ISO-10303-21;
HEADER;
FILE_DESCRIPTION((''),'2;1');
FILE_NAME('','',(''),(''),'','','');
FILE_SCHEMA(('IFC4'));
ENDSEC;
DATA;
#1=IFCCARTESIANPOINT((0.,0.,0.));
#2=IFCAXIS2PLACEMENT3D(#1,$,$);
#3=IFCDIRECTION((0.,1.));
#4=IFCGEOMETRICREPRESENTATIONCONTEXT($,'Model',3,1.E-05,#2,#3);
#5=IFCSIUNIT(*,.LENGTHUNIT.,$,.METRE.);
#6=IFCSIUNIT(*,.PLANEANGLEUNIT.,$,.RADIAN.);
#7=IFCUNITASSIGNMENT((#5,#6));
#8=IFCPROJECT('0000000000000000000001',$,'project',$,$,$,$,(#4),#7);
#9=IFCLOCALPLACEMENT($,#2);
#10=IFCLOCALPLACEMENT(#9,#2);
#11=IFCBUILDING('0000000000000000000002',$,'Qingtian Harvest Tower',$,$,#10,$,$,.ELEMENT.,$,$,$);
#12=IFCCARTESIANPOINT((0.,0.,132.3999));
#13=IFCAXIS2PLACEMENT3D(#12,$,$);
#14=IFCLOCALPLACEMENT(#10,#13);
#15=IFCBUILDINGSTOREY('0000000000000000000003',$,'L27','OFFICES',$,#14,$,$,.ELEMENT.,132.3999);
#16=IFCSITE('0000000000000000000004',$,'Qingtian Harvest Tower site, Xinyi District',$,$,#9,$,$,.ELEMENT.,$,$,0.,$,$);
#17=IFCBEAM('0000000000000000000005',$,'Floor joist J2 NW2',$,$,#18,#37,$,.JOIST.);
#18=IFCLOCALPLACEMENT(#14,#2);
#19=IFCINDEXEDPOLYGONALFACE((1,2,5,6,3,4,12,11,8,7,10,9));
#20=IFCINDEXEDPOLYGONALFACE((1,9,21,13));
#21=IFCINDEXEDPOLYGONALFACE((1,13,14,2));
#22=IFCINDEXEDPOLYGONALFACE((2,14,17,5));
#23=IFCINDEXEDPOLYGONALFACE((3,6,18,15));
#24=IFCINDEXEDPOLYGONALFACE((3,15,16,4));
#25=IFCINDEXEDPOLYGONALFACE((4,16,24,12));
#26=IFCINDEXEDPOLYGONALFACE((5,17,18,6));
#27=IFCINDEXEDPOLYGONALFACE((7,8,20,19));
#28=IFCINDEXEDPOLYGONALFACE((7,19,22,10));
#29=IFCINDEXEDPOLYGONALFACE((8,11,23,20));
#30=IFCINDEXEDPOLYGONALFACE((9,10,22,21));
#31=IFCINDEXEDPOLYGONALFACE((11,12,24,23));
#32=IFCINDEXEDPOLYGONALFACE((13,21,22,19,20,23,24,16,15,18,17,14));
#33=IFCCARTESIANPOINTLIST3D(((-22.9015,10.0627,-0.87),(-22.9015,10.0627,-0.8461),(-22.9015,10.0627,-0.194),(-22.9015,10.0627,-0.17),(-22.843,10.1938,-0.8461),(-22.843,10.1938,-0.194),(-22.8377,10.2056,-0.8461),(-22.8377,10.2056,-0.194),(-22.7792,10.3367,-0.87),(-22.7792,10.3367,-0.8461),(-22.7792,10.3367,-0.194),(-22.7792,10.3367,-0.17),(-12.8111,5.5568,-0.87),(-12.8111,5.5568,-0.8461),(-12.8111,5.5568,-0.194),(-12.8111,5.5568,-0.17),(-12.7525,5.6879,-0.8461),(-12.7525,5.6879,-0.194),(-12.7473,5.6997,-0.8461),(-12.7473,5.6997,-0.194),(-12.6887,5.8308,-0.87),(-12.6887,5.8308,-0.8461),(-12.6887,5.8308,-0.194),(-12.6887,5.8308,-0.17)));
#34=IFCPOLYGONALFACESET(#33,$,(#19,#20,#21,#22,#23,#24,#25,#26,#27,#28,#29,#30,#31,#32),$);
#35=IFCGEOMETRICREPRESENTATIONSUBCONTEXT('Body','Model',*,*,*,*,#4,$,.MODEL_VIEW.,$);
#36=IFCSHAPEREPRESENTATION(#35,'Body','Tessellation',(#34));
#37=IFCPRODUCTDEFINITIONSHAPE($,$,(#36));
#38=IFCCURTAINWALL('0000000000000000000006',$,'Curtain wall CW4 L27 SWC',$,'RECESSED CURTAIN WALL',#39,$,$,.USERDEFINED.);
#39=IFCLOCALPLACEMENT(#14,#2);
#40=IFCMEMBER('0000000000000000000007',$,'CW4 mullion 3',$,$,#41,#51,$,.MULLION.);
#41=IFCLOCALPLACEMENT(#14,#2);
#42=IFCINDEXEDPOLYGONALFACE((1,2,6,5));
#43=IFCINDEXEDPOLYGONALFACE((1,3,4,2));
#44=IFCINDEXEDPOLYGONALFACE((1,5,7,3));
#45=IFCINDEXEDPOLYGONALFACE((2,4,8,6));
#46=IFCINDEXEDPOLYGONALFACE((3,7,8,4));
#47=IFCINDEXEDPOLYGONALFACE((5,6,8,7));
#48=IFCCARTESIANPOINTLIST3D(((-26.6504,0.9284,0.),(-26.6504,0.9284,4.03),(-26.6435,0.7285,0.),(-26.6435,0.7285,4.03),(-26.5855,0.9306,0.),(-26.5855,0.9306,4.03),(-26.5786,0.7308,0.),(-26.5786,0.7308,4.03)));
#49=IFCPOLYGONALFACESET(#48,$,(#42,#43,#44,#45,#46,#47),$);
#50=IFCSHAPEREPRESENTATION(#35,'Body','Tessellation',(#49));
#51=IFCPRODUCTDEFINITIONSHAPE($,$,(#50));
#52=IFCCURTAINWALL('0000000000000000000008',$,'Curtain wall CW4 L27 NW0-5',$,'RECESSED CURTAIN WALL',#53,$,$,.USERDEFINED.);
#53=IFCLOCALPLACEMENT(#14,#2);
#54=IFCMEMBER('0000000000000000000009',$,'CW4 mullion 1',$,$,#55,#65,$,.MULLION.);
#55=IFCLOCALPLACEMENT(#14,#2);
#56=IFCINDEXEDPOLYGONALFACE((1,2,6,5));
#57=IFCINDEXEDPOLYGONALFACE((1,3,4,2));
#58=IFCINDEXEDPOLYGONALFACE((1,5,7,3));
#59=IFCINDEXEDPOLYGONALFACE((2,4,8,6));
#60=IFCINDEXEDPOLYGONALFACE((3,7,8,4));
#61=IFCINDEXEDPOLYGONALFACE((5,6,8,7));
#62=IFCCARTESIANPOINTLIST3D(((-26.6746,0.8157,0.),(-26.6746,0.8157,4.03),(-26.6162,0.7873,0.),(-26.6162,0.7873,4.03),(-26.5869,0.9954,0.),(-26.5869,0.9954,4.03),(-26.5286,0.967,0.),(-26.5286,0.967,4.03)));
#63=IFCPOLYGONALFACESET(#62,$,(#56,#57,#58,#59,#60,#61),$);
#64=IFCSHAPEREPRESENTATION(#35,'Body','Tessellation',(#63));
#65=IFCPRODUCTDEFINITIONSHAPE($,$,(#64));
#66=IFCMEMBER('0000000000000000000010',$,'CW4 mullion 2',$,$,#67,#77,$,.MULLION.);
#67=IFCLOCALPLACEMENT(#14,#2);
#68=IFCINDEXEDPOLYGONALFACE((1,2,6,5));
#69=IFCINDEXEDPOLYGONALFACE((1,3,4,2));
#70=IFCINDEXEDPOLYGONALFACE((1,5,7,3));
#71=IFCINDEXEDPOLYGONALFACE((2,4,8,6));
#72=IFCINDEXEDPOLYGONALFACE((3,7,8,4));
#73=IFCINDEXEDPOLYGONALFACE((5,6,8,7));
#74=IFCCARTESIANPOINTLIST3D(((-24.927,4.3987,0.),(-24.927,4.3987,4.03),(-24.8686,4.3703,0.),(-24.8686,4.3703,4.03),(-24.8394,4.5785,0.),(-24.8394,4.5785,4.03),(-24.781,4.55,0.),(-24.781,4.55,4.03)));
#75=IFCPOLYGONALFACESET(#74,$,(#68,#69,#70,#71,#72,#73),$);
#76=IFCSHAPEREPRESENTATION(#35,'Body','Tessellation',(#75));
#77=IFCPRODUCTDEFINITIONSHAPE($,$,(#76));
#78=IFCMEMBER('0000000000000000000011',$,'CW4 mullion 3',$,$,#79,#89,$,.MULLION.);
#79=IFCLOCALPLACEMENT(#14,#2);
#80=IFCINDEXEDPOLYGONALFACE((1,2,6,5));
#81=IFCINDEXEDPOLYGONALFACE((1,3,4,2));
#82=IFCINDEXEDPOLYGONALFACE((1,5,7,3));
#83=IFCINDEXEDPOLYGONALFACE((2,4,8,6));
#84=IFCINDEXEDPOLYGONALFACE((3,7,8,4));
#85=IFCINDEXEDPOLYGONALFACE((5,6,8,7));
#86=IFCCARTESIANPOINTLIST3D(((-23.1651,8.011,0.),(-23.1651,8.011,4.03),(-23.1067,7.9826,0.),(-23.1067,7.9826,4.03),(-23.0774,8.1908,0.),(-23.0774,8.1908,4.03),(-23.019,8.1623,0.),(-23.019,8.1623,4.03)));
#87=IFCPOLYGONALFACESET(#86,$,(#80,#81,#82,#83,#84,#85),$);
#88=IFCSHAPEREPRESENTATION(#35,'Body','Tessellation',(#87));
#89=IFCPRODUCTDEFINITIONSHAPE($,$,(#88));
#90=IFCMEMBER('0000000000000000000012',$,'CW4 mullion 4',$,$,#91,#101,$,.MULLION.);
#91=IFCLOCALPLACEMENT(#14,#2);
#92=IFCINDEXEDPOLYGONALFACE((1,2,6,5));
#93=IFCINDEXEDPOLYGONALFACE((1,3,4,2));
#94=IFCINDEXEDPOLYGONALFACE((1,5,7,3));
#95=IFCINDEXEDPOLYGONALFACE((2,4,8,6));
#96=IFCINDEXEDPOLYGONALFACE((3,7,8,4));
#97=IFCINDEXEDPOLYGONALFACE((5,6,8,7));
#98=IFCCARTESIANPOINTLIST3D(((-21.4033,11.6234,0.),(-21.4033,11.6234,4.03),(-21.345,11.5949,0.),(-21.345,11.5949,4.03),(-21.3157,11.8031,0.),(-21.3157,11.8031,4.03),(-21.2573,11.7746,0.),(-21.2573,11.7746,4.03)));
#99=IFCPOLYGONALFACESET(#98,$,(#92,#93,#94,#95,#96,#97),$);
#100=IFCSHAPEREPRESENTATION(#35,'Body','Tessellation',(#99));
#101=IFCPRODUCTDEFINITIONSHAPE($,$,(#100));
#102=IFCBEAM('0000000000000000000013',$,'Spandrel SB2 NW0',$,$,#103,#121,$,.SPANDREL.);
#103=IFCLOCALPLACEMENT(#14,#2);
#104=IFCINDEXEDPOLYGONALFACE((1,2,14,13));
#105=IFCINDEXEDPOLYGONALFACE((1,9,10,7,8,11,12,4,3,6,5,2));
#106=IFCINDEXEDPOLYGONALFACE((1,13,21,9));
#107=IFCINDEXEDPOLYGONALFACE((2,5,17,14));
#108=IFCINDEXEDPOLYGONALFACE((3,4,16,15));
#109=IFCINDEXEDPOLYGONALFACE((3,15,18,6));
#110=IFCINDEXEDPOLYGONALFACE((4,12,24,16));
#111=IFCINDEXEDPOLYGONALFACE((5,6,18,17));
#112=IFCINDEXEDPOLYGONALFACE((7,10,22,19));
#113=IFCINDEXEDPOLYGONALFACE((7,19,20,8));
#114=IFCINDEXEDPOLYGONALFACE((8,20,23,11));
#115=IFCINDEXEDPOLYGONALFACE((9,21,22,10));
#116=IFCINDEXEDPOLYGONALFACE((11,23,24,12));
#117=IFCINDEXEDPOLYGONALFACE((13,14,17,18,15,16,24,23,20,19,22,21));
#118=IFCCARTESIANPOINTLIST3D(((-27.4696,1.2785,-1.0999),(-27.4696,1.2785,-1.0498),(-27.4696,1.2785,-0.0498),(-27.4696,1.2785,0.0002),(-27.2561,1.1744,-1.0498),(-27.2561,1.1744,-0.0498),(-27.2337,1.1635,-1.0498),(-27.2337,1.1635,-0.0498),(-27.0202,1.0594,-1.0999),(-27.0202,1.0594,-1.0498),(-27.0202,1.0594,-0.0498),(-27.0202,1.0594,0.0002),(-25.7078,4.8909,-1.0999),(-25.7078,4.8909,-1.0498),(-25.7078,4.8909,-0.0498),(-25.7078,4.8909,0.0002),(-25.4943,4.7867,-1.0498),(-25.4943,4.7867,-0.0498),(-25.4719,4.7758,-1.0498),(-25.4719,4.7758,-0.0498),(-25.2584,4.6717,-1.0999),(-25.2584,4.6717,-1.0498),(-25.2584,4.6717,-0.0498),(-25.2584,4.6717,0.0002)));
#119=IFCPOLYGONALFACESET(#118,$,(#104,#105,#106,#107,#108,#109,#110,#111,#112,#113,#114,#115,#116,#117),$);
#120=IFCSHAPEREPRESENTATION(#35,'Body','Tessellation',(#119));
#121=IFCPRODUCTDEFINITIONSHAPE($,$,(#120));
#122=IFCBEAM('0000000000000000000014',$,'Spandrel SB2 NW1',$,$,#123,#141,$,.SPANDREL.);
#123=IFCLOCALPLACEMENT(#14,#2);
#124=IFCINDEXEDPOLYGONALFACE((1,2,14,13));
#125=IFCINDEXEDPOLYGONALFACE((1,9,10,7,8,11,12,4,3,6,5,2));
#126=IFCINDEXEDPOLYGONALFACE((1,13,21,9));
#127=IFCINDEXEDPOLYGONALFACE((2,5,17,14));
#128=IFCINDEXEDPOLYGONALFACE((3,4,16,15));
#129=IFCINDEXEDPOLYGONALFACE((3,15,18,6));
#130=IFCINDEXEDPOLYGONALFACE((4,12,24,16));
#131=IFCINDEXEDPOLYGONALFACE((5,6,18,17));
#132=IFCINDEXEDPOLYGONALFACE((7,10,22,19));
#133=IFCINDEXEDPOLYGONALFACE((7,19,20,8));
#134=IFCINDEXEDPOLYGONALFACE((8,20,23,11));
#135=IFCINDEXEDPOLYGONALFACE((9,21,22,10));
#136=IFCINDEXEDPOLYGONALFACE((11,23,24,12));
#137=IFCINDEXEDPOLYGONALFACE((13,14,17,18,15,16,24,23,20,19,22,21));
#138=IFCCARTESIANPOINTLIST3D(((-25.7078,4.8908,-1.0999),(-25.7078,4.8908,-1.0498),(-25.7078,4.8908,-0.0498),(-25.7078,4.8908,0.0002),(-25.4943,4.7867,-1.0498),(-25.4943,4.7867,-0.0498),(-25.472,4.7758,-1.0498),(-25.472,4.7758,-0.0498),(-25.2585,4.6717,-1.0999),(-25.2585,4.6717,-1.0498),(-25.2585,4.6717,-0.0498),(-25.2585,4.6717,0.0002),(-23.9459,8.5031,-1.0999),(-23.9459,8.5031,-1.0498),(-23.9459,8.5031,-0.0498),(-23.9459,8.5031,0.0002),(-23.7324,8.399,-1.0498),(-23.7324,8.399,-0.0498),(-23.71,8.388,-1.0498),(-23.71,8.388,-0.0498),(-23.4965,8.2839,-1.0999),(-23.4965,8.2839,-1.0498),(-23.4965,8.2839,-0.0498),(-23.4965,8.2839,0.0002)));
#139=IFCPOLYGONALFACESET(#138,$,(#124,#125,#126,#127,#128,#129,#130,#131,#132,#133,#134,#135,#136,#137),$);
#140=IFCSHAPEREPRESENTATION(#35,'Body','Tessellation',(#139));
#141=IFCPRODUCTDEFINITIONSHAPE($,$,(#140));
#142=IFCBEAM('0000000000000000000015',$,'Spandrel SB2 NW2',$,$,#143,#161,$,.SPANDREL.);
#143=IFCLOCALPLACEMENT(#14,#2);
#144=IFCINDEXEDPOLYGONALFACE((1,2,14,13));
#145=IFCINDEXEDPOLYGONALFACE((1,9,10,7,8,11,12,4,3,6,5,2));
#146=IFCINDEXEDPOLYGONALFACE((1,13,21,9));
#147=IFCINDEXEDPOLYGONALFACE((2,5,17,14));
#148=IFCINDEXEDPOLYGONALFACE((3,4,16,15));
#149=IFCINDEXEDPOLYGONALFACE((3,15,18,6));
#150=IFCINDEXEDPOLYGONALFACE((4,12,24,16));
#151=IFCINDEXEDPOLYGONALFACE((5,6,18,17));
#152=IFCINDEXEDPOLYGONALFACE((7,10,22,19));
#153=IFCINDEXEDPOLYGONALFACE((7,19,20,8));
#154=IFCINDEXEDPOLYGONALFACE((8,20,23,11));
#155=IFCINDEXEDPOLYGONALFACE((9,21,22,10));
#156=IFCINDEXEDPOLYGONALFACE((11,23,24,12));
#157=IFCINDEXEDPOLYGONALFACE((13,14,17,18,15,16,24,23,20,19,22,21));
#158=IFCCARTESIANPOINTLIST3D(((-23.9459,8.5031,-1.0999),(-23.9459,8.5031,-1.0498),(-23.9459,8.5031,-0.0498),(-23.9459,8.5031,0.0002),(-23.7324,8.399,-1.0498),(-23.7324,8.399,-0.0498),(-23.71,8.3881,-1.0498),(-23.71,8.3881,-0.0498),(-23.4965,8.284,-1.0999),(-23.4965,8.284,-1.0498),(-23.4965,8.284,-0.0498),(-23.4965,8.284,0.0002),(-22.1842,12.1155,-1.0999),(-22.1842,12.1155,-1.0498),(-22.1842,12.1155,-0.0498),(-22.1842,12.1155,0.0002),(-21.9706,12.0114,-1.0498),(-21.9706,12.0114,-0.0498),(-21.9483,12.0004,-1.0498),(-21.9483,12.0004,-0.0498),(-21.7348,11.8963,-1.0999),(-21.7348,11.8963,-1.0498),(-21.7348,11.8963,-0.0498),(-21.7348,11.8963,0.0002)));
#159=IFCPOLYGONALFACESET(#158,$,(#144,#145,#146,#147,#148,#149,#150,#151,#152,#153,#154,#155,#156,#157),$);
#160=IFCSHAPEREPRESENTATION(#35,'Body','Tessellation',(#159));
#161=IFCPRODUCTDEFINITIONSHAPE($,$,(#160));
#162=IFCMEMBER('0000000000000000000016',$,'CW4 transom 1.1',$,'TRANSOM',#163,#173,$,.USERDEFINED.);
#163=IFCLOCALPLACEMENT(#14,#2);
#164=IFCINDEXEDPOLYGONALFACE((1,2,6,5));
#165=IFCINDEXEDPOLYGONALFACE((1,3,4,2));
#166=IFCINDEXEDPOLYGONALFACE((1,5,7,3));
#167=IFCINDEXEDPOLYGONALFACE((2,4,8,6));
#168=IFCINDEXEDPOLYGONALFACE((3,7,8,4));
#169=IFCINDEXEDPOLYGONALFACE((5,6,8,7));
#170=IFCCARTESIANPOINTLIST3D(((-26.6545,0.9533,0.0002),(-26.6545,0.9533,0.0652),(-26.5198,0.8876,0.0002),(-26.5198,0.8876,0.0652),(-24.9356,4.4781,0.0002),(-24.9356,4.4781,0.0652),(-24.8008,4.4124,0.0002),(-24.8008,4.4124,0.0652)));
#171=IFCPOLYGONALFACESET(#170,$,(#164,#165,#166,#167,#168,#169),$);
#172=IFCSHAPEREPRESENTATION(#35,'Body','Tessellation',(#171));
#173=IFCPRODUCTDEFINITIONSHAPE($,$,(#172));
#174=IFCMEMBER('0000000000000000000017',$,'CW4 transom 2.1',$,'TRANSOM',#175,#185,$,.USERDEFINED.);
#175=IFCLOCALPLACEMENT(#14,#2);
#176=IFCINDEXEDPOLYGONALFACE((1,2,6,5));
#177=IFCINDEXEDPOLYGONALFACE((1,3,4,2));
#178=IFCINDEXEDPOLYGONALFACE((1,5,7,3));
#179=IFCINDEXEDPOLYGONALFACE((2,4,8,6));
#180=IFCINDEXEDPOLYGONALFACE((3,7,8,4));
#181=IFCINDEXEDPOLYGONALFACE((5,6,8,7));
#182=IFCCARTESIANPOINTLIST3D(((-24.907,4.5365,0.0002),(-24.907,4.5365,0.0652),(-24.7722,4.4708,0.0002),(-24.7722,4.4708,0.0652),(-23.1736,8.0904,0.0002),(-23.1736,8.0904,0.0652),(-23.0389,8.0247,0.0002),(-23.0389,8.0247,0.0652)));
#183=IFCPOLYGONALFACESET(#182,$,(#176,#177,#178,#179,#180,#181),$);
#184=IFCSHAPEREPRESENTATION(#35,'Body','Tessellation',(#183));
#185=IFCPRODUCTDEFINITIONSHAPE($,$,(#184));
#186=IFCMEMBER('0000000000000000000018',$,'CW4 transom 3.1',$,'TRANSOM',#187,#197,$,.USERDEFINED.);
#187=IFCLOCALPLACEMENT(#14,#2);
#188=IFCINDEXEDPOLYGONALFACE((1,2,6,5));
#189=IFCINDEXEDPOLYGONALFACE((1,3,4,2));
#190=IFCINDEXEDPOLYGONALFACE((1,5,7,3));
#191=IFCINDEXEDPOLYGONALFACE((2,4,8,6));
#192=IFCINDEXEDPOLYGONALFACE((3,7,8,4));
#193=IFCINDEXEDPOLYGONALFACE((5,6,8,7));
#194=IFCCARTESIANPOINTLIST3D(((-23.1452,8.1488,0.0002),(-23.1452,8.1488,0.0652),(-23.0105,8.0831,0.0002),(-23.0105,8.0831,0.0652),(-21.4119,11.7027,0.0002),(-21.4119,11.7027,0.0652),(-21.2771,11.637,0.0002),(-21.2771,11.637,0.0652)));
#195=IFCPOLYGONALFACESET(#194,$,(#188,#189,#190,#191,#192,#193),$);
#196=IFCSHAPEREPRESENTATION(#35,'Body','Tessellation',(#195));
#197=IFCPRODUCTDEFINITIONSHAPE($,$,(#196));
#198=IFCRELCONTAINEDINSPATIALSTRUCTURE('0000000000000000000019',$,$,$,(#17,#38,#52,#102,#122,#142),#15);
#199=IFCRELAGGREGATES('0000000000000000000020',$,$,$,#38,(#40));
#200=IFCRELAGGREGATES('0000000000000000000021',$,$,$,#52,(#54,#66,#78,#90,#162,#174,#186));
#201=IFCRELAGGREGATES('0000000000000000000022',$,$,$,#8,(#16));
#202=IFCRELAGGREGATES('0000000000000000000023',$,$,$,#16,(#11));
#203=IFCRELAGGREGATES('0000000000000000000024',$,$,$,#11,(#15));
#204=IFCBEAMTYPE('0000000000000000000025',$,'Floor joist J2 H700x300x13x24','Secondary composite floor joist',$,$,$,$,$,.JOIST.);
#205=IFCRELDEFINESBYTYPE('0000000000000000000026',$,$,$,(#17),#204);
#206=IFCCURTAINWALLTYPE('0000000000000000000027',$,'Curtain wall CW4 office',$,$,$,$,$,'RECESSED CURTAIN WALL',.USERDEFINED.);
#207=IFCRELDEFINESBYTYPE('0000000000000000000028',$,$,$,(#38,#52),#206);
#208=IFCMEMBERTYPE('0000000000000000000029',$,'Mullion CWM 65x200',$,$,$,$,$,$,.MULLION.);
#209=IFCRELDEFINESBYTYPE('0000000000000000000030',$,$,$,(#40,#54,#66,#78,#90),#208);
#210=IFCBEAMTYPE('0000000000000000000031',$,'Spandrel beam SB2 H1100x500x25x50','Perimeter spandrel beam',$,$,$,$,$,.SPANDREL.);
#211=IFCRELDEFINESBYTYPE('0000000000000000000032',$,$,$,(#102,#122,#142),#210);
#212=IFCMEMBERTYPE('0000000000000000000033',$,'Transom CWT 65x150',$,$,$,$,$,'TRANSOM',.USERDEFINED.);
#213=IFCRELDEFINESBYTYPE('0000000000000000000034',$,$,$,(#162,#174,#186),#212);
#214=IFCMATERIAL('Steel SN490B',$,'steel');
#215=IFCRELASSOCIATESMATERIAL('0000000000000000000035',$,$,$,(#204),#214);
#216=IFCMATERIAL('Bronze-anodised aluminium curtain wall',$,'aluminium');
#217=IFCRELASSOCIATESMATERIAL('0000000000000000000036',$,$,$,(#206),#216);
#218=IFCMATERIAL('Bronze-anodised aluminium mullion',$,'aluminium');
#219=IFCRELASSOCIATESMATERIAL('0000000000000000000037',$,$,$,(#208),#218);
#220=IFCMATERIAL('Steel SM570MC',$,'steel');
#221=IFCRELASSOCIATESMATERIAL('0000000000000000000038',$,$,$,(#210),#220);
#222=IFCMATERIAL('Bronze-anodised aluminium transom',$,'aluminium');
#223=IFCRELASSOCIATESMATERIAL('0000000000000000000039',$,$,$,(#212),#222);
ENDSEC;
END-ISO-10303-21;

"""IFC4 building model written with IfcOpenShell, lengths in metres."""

from ifc_helpers import new_model, si_unit, direction, frame, origin, origin_2d, place, context, subcontext, project, spatial, rectangle, i_section, extrude, material, material_profile, profile_set, type_object, element, aggregate, save


model = new_model("IFC4")

# Units and contexts
model_context = context("Model", 3, precision=1e-05, world=origin(), true_north=direction((0.0, 1.0)))
body_context = subcontext(model_context, "Body", "Model", "MODEL_VIEW")
ifc_project = project(units=[si_unit("LENGTHUNIT", "METRE"), si_unit("PLANEANGLEUNIT", "RADIAN")], contexts=[model_context])

# Site, building, storey
site_placement = place(None, origin())
site = spatial("IfcSite", under=ifc_project, at=site_placement, Name="Qingtian Harvest Tower site, Xinyi District", CompositionType="ELEMENT", RefElevation=0.0)
building_placement = place(site_placement, origin())
building = spatial("IfcBuilding", under=site, at=building_placement, Name="Qingtian Harvest Tower", CompositionType="ELEMENT")
storey_placement = place(building_placement, frame((0.0, 0.0, 132.3999)))
storey = spatial("IfcBuildingStorey", under=building, at=storey_placement, Name="L27", Description="OFFICES", CompositionType="ELEMENT", Elevation=132.3999)

# Beam
ifc_material_1 = material(Name="Steel SN490B", Category="steel")
ifc_material_profile_1 = material_profile(ifc_material_1, i_section(OverallWidth=0.3, OverallDepth=0.7, WebThickness=0.0129, FlangeThickness=0.0239, at=origin_2d()), Name="H700x300x13x24")
ifc_profile_set_1 = profile_set([ifc_material_profile_1], Name="Steel SN490B")
beam_type_1 = type_object("IfcBeamType", Name="Floor joist J2 H700x300x13x24", Description="Secondary composite floor joist", PredefinedType="JOIST", material=ifc_profile_set_1)
beam_1_placement = place(storey_placement, frame((-22.8403, 10.1997, -0.52), z_axis=(0.913096, -0.407745, 0.0), x_axis=(0.407745, 0.913096, 0.0)))
element("IfcBeam", 1, at=beam_1_placement, inside=storey, type_object=beam_type_1, Name="Floor joist J2 NW2", PredefinedType="JOIST", context=body_context, shape_type="SweptSolid", body=[
    extrude(i_section(OverallWidth=0.3, OverallDepth=0.7, WebThickness=0.0129, FlangeThickness=0.0239, at=origin_2d()), origin(), (0.0, 0.0, 1.0), 11.0508),
])

# Curtain wall, member
ifc_material_2 = material(Name="Bronze-anodised aluminium curtain wall", Category="aluminium")
curtain_wall_type = type_object("IfcCurtainWallType", Name="Curtain wall CW4 office", ElementType="RECESSED CURTAIN WALL", PredefinedType="USERDEFINED", material=ifc_material_2)
curtain_wall_1_placement = place(storey_placement, origin())
curtain_wall_1 = element("IfcCurtainWall", 2, at=curtain_wall_1_placement, inside=storey, type_object=curtain_wall_type, Name="Curtain wall CW4 L27 SWC", ObjectType="RECESSED CURTAIN WALL", PredefinedType="USERDEFINED")
ifc_material_3 = material(Name="Bronze-anodised aluminium mullion", Category="aluminium")
ifc_material_profile_2 = material_profile(ifc_material_3, rectangle(XDim=0.0649, YDim=0.2, at=origin_2d()), Name="AL 65x200")
ifc_profile_set_2 = profile_set([ifc_material_profile_2], Name="Bronze-anodised aluminium mullion")
member_type_1 = type_object("IfcMemberType", Name="Mullion CWM 65x200", PredefinedType="MULLION", material=ifc_profile_set_2)
member_1_placement = place(storey_placement, frame((-26.6145, 0.8296, 0.0), z_axis=(0.0, 0.0, 1.0), x_axis=(-0.999391, -0.034899, 0.0)))
member_1 = element("IfcMember", 3, at=member_1_placement, type_object=member_type_1, Name="CW4 mullion 3", PredefinedType="MULLION", context=body_context, shape_type="SweptSolid", body=[
    extrude(rectangle(XDim=0.0649, YDim=0.2, at=origin_2d()), origin(), (0.0, 0.0, 1.0), 4.03),
])
aggregate(curtain_wall_1, [member_1])

# Curtain wall, members
curtain_wall_2_placement = place(storey_placement, origin())
curtain_wall_2 = element("IfcCurtainWall", 4, at=curtain_wall_2_placement, inside=storey, type_object=curtain_wall_type, Name="Curtain wall CW4 L27 NW0-5", ObjectType="RECESSED CURTAIN WALL", PredefinedType="USERDEFINED")
member_2_placement = place(storey_placement, frame((-26.6016, 0.8914, 0.0), z_axis=(0.0, 0.0, 1.0), x_axis=(-0.898794, 0.438371, 0.0)))
member_2 = element("IfcMember", 5, at=member_2_placement, type_object=member_type_1, Name="CW4 mullion 1", PredefinedType="MULLION", context=body_context, shape_type="SweptSolid", body=[
    extrude(rectangle(XDim=0.0649, YDim=0.2, at=origin_2d()), origin(), (0.0, 0.0, 1.0), 4.03),
])
member_3_placement = place(storey_placement, frame((-24.854, 4.4744, 0.0), z_axis=(0.0, 0.0, 1.0), x_axis=(-0.898794, 0.438371, 0.0)))
member_3 = element("IfcMember", 6, at=member_3_placement, type_object=member_type_1, Name="CW4 mullion 2", PredefinedType="MULLION", context=body_context, shape_type="SweptSolid", body=[
    extrude(rectangle(XDim=0.0649, YDim=0.2, at=origin_2d()), origin(), (0.0, 0.0, 1.0), 4.03),
])
member_4_placement = place(storey_placement, frame((-23.092, 8.0867, 0.0), z_axis=(0.0, 0.0, 1.0), x_axis=(-0.898794, 0.438371, 0.0)))
member_4 = element("IfcMember", 7, at=member_4_placement, type_object=member_type_1, Name="CW4 mullion 3", PredefinedType="MULLION", context=body_context, shape_type="SweptSolid", body=[
    extrude(rectangle(XDim=0.0649, YDim=0.2, at=origin_2d()), origin(), (0.0, 0.0, 1.0), 4.03),
])
member_5_placement = place(storey_placement, frame((-21.3303, 11.699, 0.0), z_axis=(0.0, 0.0, 1.0), x_axis=(-0.898794, 0.438371, 0.0)))
member_5 = element("IfcMember", 8, at=member_5_placement, type_object=member_type_1, Name="CW4 mullion 4", PredefinedType="MULLION", context=body_context, shape_type="SweptSolid", body=[
    extrude(rectangle(XDim=0.0649, YDim=0.2, at=origin_2d()), origin(), (0.0, 0.0, 1.0), 4.03),
])

# Beams
ifc_material_4 = material(Name="Steel SM570MC", Category="steel")
ifc_material_profile_3 = material_profile(ifc_material_4, i_section(OverallWidth=0.5, OverallDepth=1.1001, WebThickness=0.0249, FlangeThickness=0.05, at=origin_2d()), Name="H1100x500x25x50")
ifc_profile_set_3 = profile_set([ifc_material_profile_3], Name="Steel SM570MC")
beam_type_2 = type_object("IfcBeamType", Name="Spandrel beam SB2 H1100x500x25x50", Description="Perimeter spandrel beam", PredefinedType="SPANDREL", material=ifc_profile_set_3)
for number, where, z_axis, x_axis, name in (
    (9, (-27.2449, 1.1689, -0.5498), (0.438347, 0.898806, 0.0), (-0.898806, 0.438347, 0.0), "Spandrel SB2 NW0"),
    (10, (-25.4832, 4.7812, -0.5498), (0.438396, 0.898782, 0.0), (-0.898782, 0.438396, 0.0), "Spandrel SB2 NW1"),
    (11, (-23.7212, 8.3936, -0.5498), (0.438347, 0.898806, 0.0), (-0.898806, 0.438347, 0.0), "Spandrel SB2 NW2"),
):
    element("IfcBeam", number, at=place(storey_placement, frame(where, z_axis=z_axis, x_axis=x_axis)), inside=storey, type_object=beam_type_2, Name=name, PredefinedType="SPANDREL", context=body_context, shape_type="SweptSolid", body=[
        extrude(i_section(OverallWidth=0.5, OverallDepth=1.1001, WebThickness=0.0249, FlangeThickness=0.05, at=origin_2d()), origin(), (0.0, 0.0, 1.0), 4.019),
    ])

# Members
ifc_material_5 = material(Name="Bronze-anodised aluminium transom", Category="aluminium")
ifc_material_profile_4 = material_profile(ifc_material_5, rectangle(XDim=0.1499, YDim=0.0649, at=origin_2d()), Name="AL 65x150")
ifc_profile_set_4 = profile_set([ifc_material_profile_4], Name="Bronze-anodised aluminium transom")
member_type_2 = type_object("IfcMemberType", Name="Transom CWT 65x150", ElementType="TRANSOM", PredefinedType="USERDEFINED", material=ifc_profile_set_4)
member_6_placement = place(storey_placement, frame((-26.5872, 0.9204, 0.0327), z_axis=(0.438327, 0.898816, 0.0), x_axis=(-0.898816, 0.438327, 0.0)))
member_6 = element("IfcMember", 12, at=member_6_placement, type_object=member_type_2, Name="CW4 transom 1.1", ObjectType="TRANSOM", PredefinedType="USERDEFINED", context=body_context, shape_type="SweptSolid", body=[
    extrude(rectangle(XDim=0.1499, YDim=0.0649, at=origin_2d()), origin(), (0.0, 0.0, 1.0), 3.9216),
])
member_7_placement = place(storey_placement, frame((-24.8396, 4.5037, 0.0327), z_axis=(0.438375, 0.898792, 0.0), x_axis=(-0.898792, 0.438375, 0.0)))
member_7 = element("IfcMember", 13, at=member_7_placement, type_object=member_type_2, Name="CW4 transom 2.1", ObjectType="TRANSOM", PredefinedType="USERDEFINED", context=body_context, shape_type="SweptSolid", body=[
    extrude(rectangle(XDim=0.1499, YDim=0.0649, at=origin_2d()), origin(), (0.0, 0.0, 1.0), 3.9541),
])
member_8_placement = place(storey_placement, frame((-23.0779, 8.116, 0.0327), z_axis=(0.438375, 0.898792, 0.0), x_axis=(-0.898792, 0.438375, 0.0)))
member_8 = element("IfcMember", 14, at=member_8_placement, type_object=member_type_2, Name="CW4 transom 3.1", ObjectType="TRANSOM", PredefinedType="USERDEFINED", context=body_context, shape_type="SweptSolid", body=[
    extrude(rectangle(XDim=0.1499, YDim=0.0649, at=origin_2d()), origin(), (0.0, 0.0, 1.0), 3.9541),
])

aggregate(curtain_wall_2, [member_2, member_3, member_4, member_5, member_6, member_7, member_8])

save(model, "model.ifc")
